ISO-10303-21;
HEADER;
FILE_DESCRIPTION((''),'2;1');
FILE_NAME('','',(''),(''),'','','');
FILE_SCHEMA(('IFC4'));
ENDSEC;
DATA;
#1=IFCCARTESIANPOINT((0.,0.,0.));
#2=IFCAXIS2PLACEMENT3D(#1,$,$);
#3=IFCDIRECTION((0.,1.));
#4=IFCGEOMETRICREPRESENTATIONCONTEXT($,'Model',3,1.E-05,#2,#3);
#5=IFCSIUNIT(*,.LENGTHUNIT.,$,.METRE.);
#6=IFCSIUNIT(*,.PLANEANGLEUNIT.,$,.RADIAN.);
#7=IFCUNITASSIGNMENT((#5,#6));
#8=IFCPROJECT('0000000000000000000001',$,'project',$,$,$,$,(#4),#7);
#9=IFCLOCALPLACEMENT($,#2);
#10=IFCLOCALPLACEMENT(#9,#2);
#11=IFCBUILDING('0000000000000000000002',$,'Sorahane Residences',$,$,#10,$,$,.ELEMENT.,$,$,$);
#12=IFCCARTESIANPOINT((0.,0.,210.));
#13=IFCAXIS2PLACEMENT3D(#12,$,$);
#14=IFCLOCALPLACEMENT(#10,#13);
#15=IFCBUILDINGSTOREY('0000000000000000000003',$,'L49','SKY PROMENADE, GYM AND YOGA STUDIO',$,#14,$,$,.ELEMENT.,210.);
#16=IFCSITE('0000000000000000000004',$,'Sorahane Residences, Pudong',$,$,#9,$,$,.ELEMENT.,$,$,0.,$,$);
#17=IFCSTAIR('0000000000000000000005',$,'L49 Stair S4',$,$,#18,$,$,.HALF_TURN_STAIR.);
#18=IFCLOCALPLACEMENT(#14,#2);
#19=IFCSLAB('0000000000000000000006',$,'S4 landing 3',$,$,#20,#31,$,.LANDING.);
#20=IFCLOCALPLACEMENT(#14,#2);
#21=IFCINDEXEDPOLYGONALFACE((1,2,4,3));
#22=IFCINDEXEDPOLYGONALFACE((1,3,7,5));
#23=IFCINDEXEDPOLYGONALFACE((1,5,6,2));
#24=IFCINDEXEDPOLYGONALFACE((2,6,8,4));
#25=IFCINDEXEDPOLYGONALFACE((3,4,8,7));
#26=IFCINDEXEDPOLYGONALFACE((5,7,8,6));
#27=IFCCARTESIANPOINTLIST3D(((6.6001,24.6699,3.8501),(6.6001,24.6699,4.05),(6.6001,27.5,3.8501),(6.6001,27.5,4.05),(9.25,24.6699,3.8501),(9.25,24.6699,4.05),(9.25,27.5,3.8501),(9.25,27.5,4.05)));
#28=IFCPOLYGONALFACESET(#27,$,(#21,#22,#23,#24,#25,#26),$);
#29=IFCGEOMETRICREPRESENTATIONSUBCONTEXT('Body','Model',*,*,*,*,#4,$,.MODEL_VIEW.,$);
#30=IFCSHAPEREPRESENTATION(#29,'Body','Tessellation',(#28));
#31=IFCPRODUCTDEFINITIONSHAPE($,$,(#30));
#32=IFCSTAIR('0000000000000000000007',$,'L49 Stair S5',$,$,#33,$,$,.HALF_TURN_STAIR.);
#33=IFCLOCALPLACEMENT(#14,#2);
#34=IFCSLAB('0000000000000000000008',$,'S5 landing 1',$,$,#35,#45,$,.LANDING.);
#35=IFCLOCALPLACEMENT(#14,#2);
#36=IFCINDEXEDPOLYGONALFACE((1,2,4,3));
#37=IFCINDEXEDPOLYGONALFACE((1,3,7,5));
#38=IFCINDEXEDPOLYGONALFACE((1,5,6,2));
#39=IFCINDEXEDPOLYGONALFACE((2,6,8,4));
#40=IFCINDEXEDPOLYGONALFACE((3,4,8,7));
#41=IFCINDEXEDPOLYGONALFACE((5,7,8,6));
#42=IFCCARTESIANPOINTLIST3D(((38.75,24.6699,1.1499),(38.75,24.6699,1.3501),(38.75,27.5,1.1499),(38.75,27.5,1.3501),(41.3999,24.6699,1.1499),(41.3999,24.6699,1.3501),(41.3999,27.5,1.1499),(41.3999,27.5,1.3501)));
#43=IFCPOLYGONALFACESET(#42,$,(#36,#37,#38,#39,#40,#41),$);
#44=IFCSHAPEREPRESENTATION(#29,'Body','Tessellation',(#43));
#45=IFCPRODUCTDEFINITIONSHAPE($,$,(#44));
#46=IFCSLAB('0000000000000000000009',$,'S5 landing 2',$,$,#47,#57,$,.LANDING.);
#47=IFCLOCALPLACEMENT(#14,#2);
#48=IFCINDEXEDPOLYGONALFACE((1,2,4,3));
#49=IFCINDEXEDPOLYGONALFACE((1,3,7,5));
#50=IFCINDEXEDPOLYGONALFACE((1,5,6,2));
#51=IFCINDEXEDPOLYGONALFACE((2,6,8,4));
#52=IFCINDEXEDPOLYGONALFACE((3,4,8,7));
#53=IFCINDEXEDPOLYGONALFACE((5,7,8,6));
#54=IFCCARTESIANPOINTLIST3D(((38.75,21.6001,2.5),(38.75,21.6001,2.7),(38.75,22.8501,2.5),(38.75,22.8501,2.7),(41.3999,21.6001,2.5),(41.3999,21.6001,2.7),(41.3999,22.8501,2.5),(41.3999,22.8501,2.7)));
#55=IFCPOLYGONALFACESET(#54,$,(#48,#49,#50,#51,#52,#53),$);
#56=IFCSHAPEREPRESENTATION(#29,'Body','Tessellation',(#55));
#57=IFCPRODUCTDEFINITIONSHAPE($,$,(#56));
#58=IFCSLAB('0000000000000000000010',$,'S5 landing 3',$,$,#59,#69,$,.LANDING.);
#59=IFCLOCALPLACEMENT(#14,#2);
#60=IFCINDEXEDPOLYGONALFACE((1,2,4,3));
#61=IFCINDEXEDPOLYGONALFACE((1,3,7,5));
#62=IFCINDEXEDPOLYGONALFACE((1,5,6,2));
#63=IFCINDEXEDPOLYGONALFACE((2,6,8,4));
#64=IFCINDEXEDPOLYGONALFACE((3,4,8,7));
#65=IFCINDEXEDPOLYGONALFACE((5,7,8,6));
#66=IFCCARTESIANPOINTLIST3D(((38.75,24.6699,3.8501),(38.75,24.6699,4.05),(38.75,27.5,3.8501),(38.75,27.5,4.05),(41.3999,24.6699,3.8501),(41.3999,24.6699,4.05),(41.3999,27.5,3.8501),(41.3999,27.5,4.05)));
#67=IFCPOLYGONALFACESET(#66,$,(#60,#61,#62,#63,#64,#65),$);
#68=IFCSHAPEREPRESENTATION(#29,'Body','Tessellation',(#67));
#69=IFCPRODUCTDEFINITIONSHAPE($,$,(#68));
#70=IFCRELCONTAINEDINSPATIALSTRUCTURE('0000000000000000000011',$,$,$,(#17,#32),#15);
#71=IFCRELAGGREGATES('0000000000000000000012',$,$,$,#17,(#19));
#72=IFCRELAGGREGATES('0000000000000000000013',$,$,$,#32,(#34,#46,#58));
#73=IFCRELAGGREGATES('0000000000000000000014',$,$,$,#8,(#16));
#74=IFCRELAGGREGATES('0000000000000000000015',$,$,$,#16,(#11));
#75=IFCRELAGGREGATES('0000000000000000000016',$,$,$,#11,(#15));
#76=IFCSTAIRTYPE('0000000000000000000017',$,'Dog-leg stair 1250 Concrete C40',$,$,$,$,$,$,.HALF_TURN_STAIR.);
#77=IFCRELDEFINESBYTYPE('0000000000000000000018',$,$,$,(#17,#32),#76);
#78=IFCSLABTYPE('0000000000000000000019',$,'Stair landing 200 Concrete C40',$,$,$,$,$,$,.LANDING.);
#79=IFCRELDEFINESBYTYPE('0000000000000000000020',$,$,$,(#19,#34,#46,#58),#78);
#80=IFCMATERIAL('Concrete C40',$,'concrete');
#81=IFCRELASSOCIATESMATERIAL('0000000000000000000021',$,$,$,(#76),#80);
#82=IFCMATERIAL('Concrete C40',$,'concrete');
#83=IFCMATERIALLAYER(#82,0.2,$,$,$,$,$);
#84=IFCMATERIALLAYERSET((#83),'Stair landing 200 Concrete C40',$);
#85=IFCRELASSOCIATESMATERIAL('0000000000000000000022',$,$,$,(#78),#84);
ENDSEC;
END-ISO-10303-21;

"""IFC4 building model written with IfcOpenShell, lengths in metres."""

from ifc_helpers import new_model, si_unit, direction, frame, origin, place, context, subcontext, project, spatial, polyline, outline, extrude, material, layer, layer_set, type_object, element, aggregate, save


model = new_model("IFC4")

# Units and contexts
model_context = context("Model", 3, precision=1e-05, world=origin(), true_north=direction((0.0, 1.0)))
body_context = subcontext(model_context, "Body", "Model", "MODEL_VIEW")
ifc_project = project(units=[si_unit("LENGTHUNIT", "METRE"), si_unit("PLANEANGLEUNIT", "RADIAN")], contexts=[model_context])

# Site, building, storey
site_placement = place(None, origin())
site = spatial("IfcSite", under=ifc_project, at=site_placement, Name="Sorahane Residences, Pudong", CompositionType="ELEMENT", RefElevation=0.0)
building_placement = place(site_placement, origin())
building = spatial("IfcBuilding", under=site, at=building_placement, Name="Sorahane Residences", CompositionType="ELEMENT")
storey_placement = place(building_placement, frame((0.0, 0.0, 210.0)))
storey = spatial("IfcBuildingStorey", under=building, at=storey_placement, Name="L49", Description="SKY PROMENADE, GYM AND YOGA STUDIO", CompositionType="ELEMENT", Elevation=210.0)

# Shared definitions
ifc_material_1 = material(Name="Concrete C40", Category="concrete")
stair_type = type_object("IfcStairType", Name="Dog-leg stair 1250 Concrete C40", PredefinedType="HALF_TURN_STAIR", material=ifc_material_1)
ifc_material_2 = material(Name="Concrete C40", Category="concrete")
ifc_layer_1 = layer(ifc_material_2, 0.2)
ifc_layer_set_1 = layer_set([ifc_layer_1], Name="Stair landing 200 Concrete C40")
slab_type_1 = type_object("IfcSlabType", Name="Stair landing 200 Concrete C40", PredefinedType="LANDING", material=ifc_layer_set_1)

# Stairs, slabs
stair_1_placement = place(storey_placement, origin())
stair_1 = element("IfcStair", 1, at=stair_1_placement, inside=storey, type_object=stair_type, Name="L49 Stair S4", PredefinedType="HALF_TURN_STAIR")
slab_1_placement = place(storey_placement, frame((0.0, 0.0, 3.8501)))
slab_1 = element("IfcSlab", 2, at=slab_1_placement, type_object=slab_type_1, Name="S4 landing 3", PredefinedType="LANDING", context=body_context, shape_type="SweptSolid", body=[
    extrude(outline(polyline([(9.25, 24.6699), (9.25, 27.5), (6.6001, 27.5), (6.6001, 24.6699), (9.25, 24.6699)])), origin(), (0.0, 0.0, 1.0), 0.2),
])
aggregate(stair_1, [slab_1])
stair_2_placement = place(storey_placement, origin())
stair_2 = element("IfcStair", 3, at=stair_2_placement, inside=storey, type_object=stair_type, Name="L49 Stair S5", PredefinedType="HALF_TURN_STAIR")
slab_2_placement = place(storey_placement, frame((0.0, 0.0, 1.1499)))
slab_2 = element("IfcSlab", 4, at=slab_2_placement, type_object=slab_type_1, Name="S5 landing 1", PredefinedType="LANDING", context=body_context, shape_type="SweptSolid", body=[
    extrude(outline(polyline([(41.3999, 24.6699), (41.3999, 27.5), (38.75, 27.5), (38.75, 24.6699), (41.3999, 24.6699)])), origin(), (0.0, 0.0, 1.0), 0.2002),
])
slab_3_placement = place(storey_placement, frame((0.0, 0.0, 2.5)))
slab_3 = element("IfcSlab", 5, at=slab_3_placement, type_object=slab_type_1, Name="S5 landing 2", PredefinedType="LANDING", context=body_context, shape_type="SweptSolid", body=[
    extrude(outline(polyline([(41.3999, 21.6001), (41.3999, 22.8501), (38.75, 22.8501), (38.75, 21.6001), (41.3999, 21.6001)])), origin(), (0.0, 0.0, 1.0), 0.2),
])
slab_4_placement = place(storey_placement, frame((0.0, 0.0, 3.8501)))
slab_4 = element("IfcSlab", 6, at=slab_4_placement, type_object=slab_type_1, Name="S5 landing 3", PredefinedType="LANDING", context=body_context, shape_type="SweptSolid", body=[
    extrude(outline(polyline([(41.3999, 24.6699), (41.3999, 27.5), (38.75, 27.5), (38.75, 24.6699), (41.3999, 24.6699)])), origin(), (0.0, 0.0, 1.0), 0.2),
])
aggregate(stair_2, [slab_2, slab_3, slab_4])

save(model, "model.ifc")
